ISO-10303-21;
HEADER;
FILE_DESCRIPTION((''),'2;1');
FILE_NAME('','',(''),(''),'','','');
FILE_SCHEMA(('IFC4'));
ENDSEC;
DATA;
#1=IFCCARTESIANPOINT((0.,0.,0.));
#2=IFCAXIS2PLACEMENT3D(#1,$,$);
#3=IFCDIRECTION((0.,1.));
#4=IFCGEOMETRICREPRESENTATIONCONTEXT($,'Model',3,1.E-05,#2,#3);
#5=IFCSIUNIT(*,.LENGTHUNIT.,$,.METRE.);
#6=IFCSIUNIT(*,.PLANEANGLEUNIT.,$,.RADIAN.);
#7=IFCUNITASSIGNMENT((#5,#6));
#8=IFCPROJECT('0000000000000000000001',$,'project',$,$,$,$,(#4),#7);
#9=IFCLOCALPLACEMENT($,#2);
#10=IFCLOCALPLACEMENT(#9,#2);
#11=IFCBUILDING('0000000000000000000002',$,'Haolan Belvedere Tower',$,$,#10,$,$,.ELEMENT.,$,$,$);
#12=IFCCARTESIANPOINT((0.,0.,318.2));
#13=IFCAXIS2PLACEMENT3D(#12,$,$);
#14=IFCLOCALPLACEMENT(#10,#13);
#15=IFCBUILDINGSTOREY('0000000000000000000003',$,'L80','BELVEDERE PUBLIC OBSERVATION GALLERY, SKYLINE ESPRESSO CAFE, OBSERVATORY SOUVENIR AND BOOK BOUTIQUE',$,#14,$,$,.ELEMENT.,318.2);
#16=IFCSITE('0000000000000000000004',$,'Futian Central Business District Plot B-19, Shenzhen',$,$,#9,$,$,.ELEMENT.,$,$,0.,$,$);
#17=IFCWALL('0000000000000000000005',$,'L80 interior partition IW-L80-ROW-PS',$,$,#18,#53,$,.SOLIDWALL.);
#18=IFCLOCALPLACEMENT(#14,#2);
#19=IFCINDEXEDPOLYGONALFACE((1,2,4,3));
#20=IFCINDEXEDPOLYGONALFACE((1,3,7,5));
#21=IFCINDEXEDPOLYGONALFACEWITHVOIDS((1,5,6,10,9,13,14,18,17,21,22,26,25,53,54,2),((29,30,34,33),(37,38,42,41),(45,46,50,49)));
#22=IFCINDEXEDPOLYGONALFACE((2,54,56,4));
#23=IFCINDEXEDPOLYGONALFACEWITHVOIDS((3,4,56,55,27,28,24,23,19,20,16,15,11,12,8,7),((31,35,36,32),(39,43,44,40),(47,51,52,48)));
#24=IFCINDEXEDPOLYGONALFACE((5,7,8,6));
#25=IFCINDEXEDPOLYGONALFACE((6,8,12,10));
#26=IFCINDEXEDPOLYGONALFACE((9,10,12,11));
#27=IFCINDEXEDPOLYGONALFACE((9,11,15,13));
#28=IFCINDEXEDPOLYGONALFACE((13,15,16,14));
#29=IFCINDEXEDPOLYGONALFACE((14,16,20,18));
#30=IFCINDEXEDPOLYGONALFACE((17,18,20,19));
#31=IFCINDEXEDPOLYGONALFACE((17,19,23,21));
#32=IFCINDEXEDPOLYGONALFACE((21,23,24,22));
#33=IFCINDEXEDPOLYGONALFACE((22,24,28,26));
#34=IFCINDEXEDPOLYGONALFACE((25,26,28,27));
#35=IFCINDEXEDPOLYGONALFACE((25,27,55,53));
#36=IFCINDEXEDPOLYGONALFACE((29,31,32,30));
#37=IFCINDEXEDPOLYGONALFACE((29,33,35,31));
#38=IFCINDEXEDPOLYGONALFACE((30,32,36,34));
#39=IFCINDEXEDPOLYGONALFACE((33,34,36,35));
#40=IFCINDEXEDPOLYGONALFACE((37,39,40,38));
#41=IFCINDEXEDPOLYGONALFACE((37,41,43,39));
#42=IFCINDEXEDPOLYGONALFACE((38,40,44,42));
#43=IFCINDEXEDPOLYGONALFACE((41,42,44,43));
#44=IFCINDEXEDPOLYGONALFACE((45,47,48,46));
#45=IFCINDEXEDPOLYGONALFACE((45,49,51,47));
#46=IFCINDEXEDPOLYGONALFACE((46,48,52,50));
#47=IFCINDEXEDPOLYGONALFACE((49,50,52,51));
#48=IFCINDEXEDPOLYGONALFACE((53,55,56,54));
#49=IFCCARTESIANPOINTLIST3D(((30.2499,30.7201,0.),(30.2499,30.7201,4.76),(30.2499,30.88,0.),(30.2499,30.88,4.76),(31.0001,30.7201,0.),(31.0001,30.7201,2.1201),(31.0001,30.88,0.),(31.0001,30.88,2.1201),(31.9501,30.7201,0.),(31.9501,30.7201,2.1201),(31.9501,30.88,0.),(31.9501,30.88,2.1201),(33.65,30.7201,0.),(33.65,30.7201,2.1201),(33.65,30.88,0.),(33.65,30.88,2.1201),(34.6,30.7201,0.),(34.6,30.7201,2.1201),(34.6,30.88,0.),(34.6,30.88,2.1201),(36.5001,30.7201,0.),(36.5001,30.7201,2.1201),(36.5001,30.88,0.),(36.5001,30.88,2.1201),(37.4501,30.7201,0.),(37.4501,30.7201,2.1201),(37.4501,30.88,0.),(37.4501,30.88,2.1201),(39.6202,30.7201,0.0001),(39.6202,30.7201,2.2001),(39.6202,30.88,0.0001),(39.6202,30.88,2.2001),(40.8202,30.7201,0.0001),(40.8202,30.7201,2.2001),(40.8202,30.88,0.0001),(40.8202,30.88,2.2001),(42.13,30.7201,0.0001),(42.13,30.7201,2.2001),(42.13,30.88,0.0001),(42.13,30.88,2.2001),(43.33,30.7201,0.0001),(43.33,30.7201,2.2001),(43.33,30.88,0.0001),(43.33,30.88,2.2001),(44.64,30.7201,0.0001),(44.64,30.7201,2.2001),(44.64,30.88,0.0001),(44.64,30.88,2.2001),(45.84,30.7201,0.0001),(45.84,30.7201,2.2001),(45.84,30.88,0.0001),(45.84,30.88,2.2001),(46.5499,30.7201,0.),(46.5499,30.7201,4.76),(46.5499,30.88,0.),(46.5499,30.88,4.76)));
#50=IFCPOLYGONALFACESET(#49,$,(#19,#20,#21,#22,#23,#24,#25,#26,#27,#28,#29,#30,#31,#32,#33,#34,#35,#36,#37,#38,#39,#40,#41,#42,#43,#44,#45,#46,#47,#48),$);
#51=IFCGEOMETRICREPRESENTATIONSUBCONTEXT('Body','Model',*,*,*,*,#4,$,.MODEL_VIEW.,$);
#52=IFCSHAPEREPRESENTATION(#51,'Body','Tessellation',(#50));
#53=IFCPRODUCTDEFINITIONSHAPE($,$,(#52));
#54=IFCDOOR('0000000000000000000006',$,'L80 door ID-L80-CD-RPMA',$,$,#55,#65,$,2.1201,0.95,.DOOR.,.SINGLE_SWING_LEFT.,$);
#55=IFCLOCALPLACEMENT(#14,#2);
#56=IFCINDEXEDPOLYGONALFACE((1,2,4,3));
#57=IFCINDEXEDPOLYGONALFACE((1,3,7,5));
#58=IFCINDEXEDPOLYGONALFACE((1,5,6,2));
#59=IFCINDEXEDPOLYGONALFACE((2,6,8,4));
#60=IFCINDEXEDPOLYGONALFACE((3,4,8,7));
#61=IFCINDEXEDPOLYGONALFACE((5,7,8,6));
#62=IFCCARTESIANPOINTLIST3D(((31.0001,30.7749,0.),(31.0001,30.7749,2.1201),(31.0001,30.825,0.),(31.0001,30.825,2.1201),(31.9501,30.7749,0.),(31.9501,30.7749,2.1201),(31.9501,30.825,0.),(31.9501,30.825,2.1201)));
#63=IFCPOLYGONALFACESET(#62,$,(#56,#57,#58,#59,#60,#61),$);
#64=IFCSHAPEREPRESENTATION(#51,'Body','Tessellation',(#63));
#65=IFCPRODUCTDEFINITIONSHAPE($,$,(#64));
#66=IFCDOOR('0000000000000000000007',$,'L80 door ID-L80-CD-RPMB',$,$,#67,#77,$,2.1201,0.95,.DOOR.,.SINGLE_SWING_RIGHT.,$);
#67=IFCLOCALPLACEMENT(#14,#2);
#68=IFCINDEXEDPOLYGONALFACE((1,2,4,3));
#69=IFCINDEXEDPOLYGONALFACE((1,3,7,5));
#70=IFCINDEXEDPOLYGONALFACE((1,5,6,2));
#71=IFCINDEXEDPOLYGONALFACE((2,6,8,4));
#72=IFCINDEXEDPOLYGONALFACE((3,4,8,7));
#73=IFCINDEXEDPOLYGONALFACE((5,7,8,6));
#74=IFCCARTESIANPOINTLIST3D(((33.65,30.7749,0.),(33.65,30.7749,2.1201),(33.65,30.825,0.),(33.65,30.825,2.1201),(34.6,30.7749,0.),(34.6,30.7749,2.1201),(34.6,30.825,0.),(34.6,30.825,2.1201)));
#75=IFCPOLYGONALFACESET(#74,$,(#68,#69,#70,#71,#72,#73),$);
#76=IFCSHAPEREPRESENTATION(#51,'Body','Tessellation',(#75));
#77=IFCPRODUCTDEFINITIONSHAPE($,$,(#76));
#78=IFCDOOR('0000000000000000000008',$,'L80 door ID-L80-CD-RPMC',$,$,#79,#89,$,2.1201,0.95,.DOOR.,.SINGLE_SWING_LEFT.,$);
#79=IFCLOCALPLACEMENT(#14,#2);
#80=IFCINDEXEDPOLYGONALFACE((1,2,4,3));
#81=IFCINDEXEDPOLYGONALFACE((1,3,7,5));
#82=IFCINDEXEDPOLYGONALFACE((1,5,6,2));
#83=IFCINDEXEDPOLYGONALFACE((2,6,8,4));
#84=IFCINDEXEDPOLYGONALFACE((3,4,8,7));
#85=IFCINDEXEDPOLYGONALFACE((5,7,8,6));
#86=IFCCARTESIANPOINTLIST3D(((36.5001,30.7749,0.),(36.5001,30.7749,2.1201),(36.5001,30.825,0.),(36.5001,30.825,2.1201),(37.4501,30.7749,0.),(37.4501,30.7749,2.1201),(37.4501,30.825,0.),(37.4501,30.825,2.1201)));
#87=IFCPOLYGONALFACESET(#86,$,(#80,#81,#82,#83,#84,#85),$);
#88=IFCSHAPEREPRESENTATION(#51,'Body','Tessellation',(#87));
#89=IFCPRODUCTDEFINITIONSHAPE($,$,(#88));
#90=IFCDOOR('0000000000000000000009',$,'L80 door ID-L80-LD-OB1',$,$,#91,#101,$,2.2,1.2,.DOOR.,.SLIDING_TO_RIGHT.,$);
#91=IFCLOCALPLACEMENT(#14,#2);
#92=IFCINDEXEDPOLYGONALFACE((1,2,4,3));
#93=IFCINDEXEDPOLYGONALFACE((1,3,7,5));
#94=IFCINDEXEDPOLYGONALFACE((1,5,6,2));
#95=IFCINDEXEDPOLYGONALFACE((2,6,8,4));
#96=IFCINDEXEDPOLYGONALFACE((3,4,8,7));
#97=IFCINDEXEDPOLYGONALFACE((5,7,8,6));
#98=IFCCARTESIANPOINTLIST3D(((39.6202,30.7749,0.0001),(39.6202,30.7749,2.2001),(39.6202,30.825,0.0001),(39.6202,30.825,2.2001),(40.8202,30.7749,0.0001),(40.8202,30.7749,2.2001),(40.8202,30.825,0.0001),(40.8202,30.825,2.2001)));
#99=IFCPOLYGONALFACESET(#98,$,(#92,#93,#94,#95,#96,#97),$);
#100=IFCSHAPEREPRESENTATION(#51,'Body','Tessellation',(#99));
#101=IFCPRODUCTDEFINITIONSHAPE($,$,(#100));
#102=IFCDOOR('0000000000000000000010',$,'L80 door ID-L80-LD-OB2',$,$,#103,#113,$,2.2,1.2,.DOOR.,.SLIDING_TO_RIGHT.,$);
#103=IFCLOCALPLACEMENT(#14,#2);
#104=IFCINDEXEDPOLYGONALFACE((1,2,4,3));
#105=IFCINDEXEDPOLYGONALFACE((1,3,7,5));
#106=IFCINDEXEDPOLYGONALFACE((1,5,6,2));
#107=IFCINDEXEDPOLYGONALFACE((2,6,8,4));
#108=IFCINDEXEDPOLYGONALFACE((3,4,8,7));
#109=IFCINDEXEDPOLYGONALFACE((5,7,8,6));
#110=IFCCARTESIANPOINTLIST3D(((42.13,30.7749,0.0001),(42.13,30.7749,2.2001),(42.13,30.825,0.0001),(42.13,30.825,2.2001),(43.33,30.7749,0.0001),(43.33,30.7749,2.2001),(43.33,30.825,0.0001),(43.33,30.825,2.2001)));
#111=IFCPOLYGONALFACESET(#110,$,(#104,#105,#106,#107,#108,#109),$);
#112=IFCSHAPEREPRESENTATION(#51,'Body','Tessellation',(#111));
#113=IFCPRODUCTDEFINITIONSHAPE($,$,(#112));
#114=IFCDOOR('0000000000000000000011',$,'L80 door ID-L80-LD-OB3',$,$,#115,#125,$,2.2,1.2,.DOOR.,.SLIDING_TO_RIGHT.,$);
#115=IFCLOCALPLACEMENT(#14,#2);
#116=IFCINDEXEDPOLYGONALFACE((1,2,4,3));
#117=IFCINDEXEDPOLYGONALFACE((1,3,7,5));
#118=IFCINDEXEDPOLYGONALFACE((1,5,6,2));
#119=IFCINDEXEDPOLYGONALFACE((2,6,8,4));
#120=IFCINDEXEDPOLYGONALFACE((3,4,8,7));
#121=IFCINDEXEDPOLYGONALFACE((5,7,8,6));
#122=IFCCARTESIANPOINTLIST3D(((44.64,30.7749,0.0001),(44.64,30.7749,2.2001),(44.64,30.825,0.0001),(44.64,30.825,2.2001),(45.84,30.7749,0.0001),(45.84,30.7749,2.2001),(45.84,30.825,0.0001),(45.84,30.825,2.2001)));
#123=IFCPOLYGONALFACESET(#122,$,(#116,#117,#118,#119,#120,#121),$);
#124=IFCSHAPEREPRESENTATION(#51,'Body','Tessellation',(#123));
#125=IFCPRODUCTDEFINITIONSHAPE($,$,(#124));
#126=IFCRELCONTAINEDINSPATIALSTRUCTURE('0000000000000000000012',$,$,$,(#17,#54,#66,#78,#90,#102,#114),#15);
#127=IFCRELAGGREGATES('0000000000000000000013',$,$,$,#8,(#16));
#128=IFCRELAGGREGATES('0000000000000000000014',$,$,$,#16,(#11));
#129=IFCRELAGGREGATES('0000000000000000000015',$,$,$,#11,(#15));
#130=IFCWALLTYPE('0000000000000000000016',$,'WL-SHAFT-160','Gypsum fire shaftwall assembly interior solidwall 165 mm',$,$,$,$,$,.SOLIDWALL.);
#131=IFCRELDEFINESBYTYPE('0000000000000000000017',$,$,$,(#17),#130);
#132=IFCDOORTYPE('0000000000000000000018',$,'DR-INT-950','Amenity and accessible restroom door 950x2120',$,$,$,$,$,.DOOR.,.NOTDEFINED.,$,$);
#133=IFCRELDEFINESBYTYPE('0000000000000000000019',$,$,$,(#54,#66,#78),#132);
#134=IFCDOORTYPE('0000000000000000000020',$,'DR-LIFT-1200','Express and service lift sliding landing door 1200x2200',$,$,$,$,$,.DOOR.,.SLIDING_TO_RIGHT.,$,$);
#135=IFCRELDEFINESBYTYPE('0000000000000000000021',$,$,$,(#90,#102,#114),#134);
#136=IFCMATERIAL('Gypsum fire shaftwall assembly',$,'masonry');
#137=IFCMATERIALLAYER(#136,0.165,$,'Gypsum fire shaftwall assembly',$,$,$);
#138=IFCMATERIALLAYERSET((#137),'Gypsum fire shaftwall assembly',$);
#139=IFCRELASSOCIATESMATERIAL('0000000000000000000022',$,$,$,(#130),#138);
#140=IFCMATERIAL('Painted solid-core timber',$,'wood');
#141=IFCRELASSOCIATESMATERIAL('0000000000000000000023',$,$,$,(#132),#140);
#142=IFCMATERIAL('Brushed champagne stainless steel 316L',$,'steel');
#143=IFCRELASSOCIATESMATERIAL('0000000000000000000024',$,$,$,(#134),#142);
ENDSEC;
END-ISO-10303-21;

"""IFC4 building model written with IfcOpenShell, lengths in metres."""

from ifc_helpers import new_model, si_unit, direction, frame, frame_2d, origin, place, context, subcontext, project, spatial, rectangle, extrude, material, layer, layer_set, type_object, element, fill, save


model = new_model("IFC4")

# Units and contexts
model_context = context("Model", 3, precision=1e-05, world=origin(), true_north=direction((0.0, 1.0)))
body_context = subcontext(model_context, "Body", "Model", "MODEL_VIEW")
ifc_project = project(units=[si_unit("LENGTHUNIT", "METRE"), si_unit("PLANEANGLEUNIT", "RADIAN")], contexts=[model_context])

# Site, building, storey
site_placement = place(None, origin())
site = spatial("IfcSite", under=ifc_project, at=site_placement, Name="Futian Central Business District Plot B-19, Shenzhen", CompositionType="ELEMENT", RefElevation=0.0)
building_placement = place(site_placement, origin())
building = spatial("IfcBuilding", under=site, at=building_placement, Name="Haolan Belvedere Tower", CompositionType="ELEMENT")
storey_placement = place(building_placement, frame((0.0, 0.0, 318.2)))
storey = spatial("IfcBuildingStorey", under=building, at=storey_placement, Name="L80", Description="BELVEDERE PUBLIC OBSERVATION GALLERY, SKYLINE ESPRESSO CAFE, OBSERVATORY SOUVENIR AND BOOK BOUTIQUE", CompositionType="ELEMENT", Elevation=318.2)

# Wall, openings, doors
ifc_material_1 = material(Name="Gypsum fire shaftwall assembly", Category="masonry")
ifc_layer_1 = layer(ifc_material_1, 0.165, Name="Gypsum fire shaftwall assembly")
ifc_layer_set_1 = layer_set([ifc_layer_1], Name="Gypsum fire shaftwall assembly")
wall_type_1 = type_object("IfcWallType", Name="WL-SHAFT-160", Description="Gypsum fire shaftwall assembly interior solidwall 165 mm", PredefinedType="SOLIDWALL", material=ifc_layer_set_1)
wall_1_placement = place(storey_placement, frame((30.25, 30.8, 0.0), z_axis=(0.0, 0.0, 1.0), x_axis=(1.0, 0.0, 0.0)))
wall_1 = element("IfcWall", 1, at=wall_1_placement, inside=storey, type_object=wall_type_1, Name="L80 interior partition IW-L80-ROW-PS", PredefinedType="SOLIDWALL", context=body_context, shape_type="SweptSolid", body=[
    extrude(rectangle(XDim=16.3, YDim=0.1599, at=frame_2d((8.1499, 0.0))), origin(), (0.0, 0.0, 1.0), 4.76),
])
opening_1_placement = place(wall_1_placement, frame((0.75, 0.0, 0.0)))
opening_1 = element("IfcOpeningElement", 2, at=opening_1_placement, cuts=wall_1, PredefinedType="OPENING", context=body_context, shape_type="SweptSolid", body=[
    extrude(rectangle(XDim=0.95, YDim=2.1201, at=frame_2d((0.4751, 1.0601))), frame((0.0, 0.0898, 0.0), z_axis=(0.0, -1.0, 0.0), x_axis=(1.0, 0.0, 0.0)), (0.0, 0.0, 1.0), 0.1799),
])
opening_2_placement = place(wall_1_placement, frame((3.3999, 0.0, 0.0)))
opening_2 = element("IfcOpeningElement", 3, at=opening_2_placement, cuts=wall_1, PredefinedType="OPENING", context=body_context, shape_type="SweptSolid", body=[
    extrude(rectangle(XDim=0.95, YDim=2.1201, at=frame_2d((0.4751, 1.0601))), frame((0.0, 0.0898, 0.0), z_axis=(0.0, -1.0, 0.0), x_axis=(1.0, 0.0, 0.0)), (0.0, 0.0, 1.0), 0.1799),
])
opening_3_placement = place(wall_1_placement, frame((6.25, 0.0, 0.0)))
opening_3 = element("IfcOpeningElement", 4, at=opening_3_placement, cuts=wall_1, PredefinedType="OPENING", context=body_context, shape_type="SweptSolid", body=[
    extrude(rectangle(XDim=0.95, YDim=2.1201, at=frame_2d((0.4751, 1.0601))), frame((0.0, 0.0898, 0.0), z_axis=(0.0, -1.0, 0.0), x_axis=(1.0, 0.0, 0.0)), (0.0, 0.0, 1.0), 0.1799),
])
opening_4_placement = place(wall_1_placement, frame((9.3701, 0.0, 0.0)))
opening_4 = element("IfcOpeningElement", 5, at=opening_4_placement, cuts=wall_1, PredefinedType="OPENING", context=body_context, shape_type="SweptSolid", body=[
    extrude(rectangle(XDim=1.2, YDim=2.2, at=frame_2d((0.6001, 1.1001))), frame((0.0, 0.0898, 0.0), z_axis=(0.0, -1.0, 0.0), x_axis=(1.0, 0.0, 0.0)), (0.0, 0.0, 1.0), 0.1799),
])
opening_5_placement = place(wall_1_placement, frame((11.8799, 0.0, 0.0)))
opening_5 = element("IfcOpeningElement", 6, at=opening_5_placement, cuts=wall_1, PredefinedType="OPENING", context=body_context, shape_type="SweptSolid", body=[
    extrude(rectangle(XDim=1.2, YDim=2.2, at=frame_2d((0.6001, 1.1001))), frame((0.0, 0.0898, 0.0), z_axis=(0.0, -1.0, 0.0), x_axis=(1.0, 0.0, 0.0)), (0.0, 0.0, 1.0), 0.1799),
])
opening_6_placement = place(wall_1_placement, frame((14.3899, 0.0, 0.0)))
opening_6 = element("IfcOpeningElement", 7, at=opening_6_placement, cuts=wall_1, PredefinedType="OPENING", context=body_context, shape_type="SweptSolid", body=[
    extrude(rectangle(XDim=1.2, YDim=2.2, at=frame_2d((0.6001, 1.1001))), frame((0.0, 0.0898, 0.0), z_axis=(0.0, -1.0, 0.0), x_axis=(1.0, 0.0, 0.0)), (0.0, 0.0, 1.0), 0.1799),
])
ifc_material_2 = material(Name="Painted solid-core timber", Category="wood")
door_type_1 = type_object("IfcDoorType", Name="DR-INT-950", Description="Amenity and accessible restroom door 950x2120", OperationType="NOTDEFINED", PredefinedType="DOOR", material=ifc_material_2)
door_1_placement = place(opening_1_placement, origin())
door_1 = element("IfcDoor", 8, at=door_1_placement, inside=storey, type_object=door_type_1, Name="L80 door ID-L80-CD-RPMA", OperationType="SINGLE_SWING_LEFT", OverallHeight=2.1201, OverallWidth=0.95, PredefinedType="DOOR", context=body_context, shape_type="SweptSolid", body=[
    extrude(rectangle(XDim=0.95, YDim=2.1201, at=frame_2d((0.4751, 1.0601))), frame((0.0, 0.0249, 0.0), z_axis=(0.0, -1.0, 0.0), x_axis=(1.0, 0.0, 0.0)), (0.0, 0.0, 1.0), 0.05),
])
fill(opening_1, door_1)
door_2_placement = place(opening_2_placement, origin())
door_2 = element("IfcDoor", 9, at=door_2_placement, inside=storey, type_object=door_type_1, Name="L80 door ID-L80-CD-RPMB", OperationType="SINGLE_SWING_RIGHT", OverallHeight=2.1201, OverallWidth=0.95, PredefinedType="DOOR", context=body_context, shape_type="SweptSolid", body=[
    extrude(rectangle(XDim=0.95, YDim=2.1201, at=frame_2d((0.4751, 1.0601))), frame((0.0, 0.0249, 0.0), z_axis=(0.0, -1.0, 0.0), x_axis=(1.0, 0.0, 0.0)), (0.0, 0.0, 1.0), 0.05),
])
fill(opening_2, door_2)
door_3_placement = place(opening_3_placement, origin())
door_3 = element("IfcDoor", 10, at=door_3_placement, inside=storey, type_object=door_type_1, Name="L80 door ID-L80-CD-RPMC", OperationType="SINGLE_SWING_LEFT", OverallHeight=2.1201, OverallWidth=0.95, PredefinedType="DOOR", context=body_context, shape_type="SweptSolid", body=[
    extrude(rectangle(XDim=0.95, YDim=2.1201, at=frame_2d((0.4751, 1.0601))), frame((0.0, 0.0249, 0.0), z_axis=(0.0, -1.0, 0.0), x_axis=(1.0, 0.0, 0.0)), (0.0, 0.0, 1.0), 0.05),
])
fill(opening_3, door_3)
ifc_material_3 = material(Name="Brushed champagne stainless steel 316L", Category="steel")
door_type_2 = type_object("IfcDoorType", Name="DR-LIFT-1200", Description="Express and service lift sliding landing door 1200x2200", OperationType="SLIDING_TO_RIGHT", PredefinedType="DOOR", material=ifc_material_3)
door_4_placement = place(opening_4_placement, origin())
door_4 = element("IfcDoor", 11, at=door_4_placement, inside=storey, type_object=door_type_2, Name="L80 door ID-L80-LD-OB1", OperationType="SLIDING_TO_RIGHT", OverallHeight=2.2, OverallWidth=1.2, PredefinedType="DOOR", context=body_context, shape_type="SweptSolid", body=[
    extrude(rectangle(XDim=1.2, YDim=2.2, at=frame_2d((0.6001, 1.1001))), frame((0.0, 0.0249, 0.0), z_axis=(0.0, -1.0, 0.0), x_axis=(1.0, 0.0, 0.0)), (0.0, 0.0, 1.0), 0.05),
])
fill(opening_4, door_4)
door_5_placement = place(opening_5_placement, origin())
door_5 = element("IfcDoor", 12, at=door_5_placement, inside=storey, type_object=door_type_2, Name="L80 door ID-L80-LD-OB2", OperationType="SLIDING_TO_RIGHT", OverallHeight=2.2, OverallWidth=1.2, PredefinedType="DOOR", context=body_context, shape_type="SweptSolid", body=[
    extrude(rectangle(XDim=1.2, YDim=2.2, at=frame_2d((0.6001, 1.1001))), frame((0.0, 0.0249, 0.0), z_axis=(0.0, -1.0, 0.0), x_axis=(1.0, 0.0, 0.0)), (0.0, 0.0, 1.0), 0.05),
])
fill(opening_5, door_5)
door_6_placement = place(opening_6_placement, origin())
door_6 = element("IfcDoor", 13, at=door_6_placement, inside=storey, type_object=door_type_2, Name="L80 door ID-L80-LD-OB3", OperationType="SLIDING_TO_RIGHT", OverallHeight=2.2, OverallWidth=1.2, PredefinedType="DOOR", context=body_context, shape_type="SweptSolid", body=[
    extrude(rectangle(XDim=1.2, YDim=2.2, at=frame_2d((0.6001, 1.1001))), frame((0.0, 0.0249, 0.0), z_axis=(0.0, -1.0, 0.0), x_axis=(1.0, 0.0, 0.0)), (0.0, 0.0, 1.0), 0.05),
])
fill(opening_6, door_6)

save(model, "model.ifc")
